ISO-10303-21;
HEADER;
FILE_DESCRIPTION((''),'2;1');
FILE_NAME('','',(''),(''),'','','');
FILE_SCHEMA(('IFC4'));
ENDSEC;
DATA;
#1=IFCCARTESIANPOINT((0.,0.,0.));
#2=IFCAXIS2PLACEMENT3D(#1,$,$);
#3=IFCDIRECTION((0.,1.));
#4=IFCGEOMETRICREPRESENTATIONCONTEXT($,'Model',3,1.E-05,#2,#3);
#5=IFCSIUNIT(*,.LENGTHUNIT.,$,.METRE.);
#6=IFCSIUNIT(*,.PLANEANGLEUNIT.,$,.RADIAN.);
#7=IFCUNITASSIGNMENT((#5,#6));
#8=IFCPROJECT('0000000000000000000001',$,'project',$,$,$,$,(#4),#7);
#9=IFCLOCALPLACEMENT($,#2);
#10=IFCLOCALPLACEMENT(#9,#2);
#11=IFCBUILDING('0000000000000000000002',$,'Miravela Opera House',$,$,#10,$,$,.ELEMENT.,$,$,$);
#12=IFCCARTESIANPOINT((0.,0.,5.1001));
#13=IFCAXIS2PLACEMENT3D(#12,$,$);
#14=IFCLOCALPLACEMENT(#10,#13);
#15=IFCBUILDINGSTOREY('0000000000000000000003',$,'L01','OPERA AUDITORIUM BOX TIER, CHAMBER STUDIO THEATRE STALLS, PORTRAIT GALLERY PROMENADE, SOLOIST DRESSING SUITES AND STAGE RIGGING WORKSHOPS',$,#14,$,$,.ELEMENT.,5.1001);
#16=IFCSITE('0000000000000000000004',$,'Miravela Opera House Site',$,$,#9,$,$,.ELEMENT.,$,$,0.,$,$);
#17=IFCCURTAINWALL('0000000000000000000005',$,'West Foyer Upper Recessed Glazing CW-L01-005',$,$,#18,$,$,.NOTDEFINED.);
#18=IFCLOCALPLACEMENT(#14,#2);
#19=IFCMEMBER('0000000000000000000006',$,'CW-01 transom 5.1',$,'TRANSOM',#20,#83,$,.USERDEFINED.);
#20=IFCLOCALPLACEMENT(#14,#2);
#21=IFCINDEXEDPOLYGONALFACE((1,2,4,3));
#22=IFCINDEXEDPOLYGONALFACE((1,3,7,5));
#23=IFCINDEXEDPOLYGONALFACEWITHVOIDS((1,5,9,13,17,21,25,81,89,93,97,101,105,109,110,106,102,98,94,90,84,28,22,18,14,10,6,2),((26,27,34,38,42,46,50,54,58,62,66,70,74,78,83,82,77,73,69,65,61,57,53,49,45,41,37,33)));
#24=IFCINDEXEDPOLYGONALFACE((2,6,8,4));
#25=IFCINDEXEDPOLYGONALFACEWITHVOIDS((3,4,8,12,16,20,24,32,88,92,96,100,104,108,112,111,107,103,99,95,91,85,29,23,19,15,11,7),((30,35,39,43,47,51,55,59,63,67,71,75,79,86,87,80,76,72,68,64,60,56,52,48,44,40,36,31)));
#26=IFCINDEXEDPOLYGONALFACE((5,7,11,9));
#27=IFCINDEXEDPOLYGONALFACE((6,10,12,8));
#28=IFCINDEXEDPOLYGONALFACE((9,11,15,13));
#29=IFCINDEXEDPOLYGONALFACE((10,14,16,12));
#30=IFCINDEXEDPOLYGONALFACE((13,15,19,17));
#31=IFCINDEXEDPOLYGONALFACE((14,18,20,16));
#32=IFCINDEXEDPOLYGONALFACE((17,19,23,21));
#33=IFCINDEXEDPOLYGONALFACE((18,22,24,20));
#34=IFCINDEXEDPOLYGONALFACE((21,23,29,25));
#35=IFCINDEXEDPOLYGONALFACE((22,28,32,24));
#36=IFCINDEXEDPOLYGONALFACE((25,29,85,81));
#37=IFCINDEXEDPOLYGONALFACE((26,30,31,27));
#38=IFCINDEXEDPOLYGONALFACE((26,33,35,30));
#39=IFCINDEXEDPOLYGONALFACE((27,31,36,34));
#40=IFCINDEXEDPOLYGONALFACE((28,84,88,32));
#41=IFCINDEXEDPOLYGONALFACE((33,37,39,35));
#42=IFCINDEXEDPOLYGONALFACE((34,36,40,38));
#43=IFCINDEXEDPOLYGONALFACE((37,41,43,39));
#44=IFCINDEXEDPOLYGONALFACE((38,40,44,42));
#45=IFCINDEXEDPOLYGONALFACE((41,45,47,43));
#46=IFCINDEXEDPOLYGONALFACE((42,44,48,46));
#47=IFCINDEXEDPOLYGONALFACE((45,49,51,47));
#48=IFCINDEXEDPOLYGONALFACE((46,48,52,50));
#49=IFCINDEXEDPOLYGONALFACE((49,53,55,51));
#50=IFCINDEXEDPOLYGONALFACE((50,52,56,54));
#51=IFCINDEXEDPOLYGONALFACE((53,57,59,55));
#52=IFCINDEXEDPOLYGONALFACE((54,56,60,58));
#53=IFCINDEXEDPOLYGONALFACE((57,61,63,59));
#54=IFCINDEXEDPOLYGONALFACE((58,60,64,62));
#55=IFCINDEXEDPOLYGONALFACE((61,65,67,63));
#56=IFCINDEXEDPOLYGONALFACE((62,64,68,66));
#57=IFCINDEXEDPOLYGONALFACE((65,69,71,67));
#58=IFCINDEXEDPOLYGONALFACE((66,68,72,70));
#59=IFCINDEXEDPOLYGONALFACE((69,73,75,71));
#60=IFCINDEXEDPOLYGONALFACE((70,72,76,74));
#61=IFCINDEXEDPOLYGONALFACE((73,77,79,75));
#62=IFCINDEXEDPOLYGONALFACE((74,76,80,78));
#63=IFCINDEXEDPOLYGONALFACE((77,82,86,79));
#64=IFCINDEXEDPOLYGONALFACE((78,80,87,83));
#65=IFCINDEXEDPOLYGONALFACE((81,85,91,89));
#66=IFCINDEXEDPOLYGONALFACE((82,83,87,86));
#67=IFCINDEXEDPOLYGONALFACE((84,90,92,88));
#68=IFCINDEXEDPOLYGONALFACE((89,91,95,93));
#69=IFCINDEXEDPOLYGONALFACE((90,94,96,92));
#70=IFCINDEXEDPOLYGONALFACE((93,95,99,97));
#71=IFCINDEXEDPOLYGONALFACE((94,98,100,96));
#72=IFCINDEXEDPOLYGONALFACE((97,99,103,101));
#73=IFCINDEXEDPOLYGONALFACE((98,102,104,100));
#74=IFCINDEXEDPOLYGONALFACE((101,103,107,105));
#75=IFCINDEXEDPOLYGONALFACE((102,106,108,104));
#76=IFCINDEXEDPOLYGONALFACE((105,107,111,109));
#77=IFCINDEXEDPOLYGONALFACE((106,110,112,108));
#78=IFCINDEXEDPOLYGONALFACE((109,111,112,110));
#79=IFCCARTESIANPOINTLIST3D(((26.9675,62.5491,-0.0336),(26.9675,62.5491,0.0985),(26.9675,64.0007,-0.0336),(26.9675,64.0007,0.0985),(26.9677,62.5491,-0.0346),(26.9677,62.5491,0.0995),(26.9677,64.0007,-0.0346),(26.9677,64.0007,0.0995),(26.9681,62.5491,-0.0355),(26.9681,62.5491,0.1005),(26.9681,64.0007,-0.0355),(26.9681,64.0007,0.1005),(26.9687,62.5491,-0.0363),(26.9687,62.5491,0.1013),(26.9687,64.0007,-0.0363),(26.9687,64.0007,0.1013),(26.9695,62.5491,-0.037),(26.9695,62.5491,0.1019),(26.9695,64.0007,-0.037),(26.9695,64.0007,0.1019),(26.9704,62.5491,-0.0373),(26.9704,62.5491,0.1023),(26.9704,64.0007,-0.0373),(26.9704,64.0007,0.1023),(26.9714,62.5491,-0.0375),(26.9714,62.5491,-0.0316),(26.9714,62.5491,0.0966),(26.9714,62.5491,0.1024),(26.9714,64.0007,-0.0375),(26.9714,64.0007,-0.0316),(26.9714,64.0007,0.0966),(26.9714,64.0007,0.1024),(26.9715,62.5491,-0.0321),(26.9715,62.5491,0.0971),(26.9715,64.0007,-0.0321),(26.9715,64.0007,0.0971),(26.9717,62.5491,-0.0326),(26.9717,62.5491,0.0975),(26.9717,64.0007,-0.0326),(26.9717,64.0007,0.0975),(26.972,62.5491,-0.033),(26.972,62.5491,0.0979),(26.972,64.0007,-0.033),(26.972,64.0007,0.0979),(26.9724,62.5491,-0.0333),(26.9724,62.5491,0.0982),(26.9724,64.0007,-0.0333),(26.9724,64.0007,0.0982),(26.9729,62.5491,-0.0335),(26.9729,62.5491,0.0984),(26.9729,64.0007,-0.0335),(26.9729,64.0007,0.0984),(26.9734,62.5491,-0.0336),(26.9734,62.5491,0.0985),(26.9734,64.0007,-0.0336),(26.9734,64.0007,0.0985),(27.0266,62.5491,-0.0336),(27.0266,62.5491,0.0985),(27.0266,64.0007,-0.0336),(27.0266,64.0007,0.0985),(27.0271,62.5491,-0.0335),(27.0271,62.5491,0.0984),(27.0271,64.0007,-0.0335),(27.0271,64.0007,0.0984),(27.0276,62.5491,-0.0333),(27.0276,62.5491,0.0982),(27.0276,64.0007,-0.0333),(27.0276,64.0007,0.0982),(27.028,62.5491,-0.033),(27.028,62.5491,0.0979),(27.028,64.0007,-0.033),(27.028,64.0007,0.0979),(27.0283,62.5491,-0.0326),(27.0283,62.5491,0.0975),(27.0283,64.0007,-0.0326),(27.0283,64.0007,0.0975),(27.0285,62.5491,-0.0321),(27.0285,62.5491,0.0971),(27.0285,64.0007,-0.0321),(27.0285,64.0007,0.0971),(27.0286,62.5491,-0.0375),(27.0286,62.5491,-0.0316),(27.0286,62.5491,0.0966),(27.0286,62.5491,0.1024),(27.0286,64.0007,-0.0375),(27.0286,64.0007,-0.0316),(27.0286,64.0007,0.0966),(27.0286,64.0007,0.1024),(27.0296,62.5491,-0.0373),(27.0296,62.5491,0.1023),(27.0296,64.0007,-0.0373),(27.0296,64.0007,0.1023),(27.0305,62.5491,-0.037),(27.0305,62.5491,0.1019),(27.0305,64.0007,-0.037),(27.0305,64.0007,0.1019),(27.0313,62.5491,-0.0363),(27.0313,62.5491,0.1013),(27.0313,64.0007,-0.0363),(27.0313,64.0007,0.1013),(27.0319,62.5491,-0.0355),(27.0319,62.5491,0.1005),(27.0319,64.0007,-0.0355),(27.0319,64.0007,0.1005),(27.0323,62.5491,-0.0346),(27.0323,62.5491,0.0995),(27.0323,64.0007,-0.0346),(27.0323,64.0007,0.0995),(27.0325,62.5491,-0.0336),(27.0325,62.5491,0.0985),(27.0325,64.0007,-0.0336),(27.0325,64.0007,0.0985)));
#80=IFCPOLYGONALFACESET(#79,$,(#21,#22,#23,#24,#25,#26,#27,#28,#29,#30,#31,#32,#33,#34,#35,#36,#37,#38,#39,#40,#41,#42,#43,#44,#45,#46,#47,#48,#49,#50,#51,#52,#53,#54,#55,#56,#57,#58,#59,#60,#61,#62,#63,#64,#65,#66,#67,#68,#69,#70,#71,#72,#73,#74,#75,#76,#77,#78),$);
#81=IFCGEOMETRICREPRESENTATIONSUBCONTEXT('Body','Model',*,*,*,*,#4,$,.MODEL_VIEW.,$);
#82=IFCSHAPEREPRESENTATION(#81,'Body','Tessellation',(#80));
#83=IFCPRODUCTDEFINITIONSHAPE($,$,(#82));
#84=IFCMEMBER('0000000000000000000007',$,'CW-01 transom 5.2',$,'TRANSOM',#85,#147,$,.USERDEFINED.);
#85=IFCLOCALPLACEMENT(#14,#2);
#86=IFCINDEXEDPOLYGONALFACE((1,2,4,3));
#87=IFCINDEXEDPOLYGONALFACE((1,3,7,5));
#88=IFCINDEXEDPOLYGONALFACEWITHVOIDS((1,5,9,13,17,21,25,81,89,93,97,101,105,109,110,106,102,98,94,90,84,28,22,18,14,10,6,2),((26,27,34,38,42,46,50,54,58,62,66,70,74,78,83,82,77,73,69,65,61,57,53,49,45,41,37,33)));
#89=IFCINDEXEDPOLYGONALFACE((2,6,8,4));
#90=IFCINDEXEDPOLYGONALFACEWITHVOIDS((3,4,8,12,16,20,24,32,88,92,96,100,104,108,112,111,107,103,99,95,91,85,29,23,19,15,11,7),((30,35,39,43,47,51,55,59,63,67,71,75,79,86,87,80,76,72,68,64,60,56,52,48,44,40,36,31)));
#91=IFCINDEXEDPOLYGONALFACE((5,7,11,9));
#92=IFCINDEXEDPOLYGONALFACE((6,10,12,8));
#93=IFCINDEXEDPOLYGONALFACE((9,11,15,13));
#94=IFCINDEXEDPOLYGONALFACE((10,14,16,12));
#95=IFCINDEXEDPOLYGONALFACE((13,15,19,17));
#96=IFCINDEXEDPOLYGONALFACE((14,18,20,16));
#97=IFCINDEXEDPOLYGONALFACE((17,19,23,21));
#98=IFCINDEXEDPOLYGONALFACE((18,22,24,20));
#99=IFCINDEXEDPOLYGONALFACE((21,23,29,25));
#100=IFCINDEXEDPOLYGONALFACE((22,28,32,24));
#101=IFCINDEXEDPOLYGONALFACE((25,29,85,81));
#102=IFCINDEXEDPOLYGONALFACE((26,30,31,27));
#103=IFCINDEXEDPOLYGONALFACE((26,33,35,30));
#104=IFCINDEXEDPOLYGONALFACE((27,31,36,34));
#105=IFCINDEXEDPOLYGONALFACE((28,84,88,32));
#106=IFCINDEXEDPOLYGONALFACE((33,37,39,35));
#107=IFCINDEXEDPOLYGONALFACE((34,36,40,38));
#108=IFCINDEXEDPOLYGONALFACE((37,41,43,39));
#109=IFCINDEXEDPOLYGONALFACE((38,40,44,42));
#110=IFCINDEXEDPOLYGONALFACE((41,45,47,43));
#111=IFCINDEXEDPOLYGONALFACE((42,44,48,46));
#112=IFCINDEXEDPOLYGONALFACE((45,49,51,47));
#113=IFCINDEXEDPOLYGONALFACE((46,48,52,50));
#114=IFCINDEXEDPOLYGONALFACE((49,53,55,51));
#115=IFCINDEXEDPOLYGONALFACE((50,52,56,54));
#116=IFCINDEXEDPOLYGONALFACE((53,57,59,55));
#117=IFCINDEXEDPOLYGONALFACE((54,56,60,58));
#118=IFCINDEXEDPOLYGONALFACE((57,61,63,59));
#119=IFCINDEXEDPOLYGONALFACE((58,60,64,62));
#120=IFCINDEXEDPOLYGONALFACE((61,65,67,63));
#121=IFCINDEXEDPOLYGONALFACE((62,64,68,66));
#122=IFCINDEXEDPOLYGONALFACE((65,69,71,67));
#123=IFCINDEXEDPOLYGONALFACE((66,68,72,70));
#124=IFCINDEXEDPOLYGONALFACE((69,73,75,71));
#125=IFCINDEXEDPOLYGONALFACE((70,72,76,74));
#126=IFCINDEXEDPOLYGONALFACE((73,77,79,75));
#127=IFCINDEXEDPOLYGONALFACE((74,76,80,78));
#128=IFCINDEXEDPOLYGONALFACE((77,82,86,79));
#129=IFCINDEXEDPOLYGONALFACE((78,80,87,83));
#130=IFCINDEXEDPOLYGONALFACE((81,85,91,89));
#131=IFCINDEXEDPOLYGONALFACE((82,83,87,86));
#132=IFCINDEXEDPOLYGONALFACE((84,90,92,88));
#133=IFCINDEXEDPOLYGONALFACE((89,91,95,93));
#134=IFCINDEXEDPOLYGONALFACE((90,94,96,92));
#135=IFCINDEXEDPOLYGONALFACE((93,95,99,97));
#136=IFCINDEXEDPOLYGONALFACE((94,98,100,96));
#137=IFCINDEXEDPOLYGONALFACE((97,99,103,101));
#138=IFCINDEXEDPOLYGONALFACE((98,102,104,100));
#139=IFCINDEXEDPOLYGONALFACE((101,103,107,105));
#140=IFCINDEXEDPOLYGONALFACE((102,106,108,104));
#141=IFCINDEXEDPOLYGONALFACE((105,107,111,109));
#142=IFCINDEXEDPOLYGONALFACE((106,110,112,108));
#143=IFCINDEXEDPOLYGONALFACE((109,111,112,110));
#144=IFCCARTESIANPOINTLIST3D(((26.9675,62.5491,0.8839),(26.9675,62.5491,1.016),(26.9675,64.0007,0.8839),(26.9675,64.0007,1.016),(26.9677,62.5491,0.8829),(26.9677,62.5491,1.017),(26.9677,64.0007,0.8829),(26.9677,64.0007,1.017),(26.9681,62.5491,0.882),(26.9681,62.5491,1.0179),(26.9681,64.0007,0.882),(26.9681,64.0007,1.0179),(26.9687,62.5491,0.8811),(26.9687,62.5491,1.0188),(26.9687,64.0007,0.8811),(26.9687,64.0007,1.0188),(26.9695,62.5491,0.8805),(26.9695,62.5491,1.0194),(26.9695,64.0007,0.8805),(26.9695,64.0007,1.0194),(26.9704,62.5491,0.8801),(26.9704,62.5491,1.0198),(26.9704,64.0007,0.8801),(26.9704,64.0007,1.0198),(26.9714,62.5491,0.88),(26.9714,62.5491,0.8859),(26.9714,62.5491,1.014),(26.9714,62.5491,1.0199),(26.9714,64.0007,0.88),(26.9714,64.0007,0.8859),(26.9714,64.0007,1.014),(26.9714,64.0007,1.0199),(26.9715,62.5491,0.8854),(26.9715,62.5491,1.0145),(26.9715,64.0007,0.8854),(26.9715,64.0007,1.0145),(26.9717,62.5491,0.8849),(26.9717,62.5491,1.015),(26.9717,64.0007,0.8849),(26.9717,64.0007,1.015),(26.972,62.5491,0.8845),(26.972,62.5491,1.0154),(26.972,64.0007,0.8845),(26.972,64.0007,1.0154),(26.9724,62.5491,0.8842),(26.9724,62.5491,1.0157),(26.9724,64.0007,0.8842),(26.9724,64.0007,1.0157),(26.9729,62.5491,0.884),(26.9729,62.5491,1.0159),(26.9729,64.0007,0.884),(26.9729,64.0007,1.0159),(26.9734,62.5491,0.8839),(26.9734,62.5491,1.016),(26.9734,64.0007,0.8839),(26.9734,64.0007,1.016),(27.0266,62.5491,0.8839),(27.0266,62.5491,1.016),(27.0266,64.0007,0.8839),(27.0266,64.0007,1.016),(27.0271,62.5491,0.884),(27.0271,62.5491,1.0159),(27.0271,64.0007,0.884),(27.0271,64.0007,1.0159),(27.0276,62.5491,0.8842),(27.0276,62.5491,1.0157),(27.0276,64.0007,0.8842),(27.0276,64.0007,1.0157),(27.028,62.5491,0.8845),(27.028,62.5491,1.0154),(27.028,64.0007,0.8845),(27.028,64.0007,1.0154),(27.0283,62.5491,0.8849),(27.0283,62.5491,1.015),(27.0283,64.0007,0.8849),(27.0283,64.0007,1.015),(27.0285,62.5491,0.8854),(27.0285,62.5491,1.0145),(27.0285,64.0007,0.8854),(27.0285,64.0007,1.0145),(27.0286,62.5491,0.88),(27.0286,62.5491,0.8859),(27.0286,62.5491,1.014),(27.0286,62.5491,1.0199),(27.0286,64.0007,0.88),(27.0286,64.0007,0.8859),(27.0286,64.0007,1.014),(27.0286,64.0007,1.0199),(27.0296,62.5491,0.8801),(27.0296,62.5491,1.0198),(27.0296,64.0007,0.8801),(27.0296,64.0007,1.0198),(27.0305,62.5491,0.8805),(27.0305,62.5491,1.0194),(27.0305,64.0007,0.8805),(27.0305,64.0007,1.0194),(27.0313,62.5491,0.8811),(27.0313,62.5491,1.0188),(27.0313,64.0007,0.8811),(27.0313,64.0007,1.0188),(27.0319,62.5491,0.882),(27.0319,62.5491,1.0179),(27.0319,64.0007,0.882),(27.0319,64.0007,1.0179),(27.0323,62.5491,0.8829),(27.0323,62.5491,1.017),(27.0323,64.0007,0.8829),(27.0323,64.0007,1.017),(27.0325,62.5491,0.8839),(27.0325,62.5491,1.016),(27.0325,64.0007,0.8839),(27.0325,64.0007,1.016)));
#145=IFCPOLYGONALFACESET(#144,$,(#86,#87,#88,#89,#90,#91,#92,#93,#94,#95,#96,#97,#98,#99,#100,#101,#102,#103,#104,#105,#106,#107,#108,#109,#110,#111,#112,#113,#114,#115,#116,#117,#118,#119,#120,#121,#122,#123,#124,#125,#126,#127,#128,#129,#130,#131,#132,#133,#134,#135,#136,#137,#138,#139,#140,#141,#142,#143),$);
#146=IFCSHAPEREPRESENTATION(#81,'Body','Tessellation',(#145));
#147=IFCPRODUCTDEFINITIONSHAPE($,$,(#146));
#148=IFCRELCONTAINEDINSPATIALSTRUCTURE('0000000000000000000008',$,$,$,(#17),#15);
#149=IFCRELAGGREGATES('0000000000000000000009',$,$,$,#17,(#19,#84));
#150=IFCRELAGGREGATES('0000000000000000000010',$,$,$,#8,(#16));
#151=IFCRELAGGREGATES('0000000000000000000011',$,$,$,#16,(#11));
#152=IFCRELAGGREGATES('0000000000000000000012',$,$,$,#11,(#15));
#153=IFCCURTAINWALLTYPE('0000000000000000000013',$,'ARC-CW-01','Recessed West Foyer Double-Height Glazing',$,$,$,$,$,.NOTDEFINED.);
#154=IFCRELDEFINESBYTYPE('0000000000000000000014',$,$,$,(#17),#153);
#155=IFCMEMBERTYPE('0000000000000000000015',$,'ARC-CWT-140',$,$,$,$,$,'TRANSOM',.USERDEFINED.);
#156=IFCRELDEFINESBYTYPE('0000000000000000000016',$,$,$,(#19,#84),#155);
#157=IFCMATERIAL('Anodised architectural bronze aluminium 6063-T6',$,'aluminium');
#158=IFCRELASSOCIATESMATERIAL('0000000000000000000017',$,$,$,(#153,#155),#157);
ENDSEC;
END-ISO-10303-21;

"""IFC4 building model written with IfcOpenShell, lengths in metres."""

from ifc_helpers import new_model, si_unit, direction, frame, origin, origin_2d, place, context, subcontext, project, spatial, hollow_rectangle, extrude, material, material_profile, profile_set, type_object, element, aggregate, save


model = new_model("IFC4")

# Units and contexts
model_context = context("Model", 3, precision=1e-05, world=origin(), true_north=direction((0.0, 1.0)))
body_context = subcontext(model_context, "Body", "Model", "MODEL_VIEW")
ifc_project = project(units=[si_unit("LENGTHUNIT", "METRE"), si_unit("PLANEANGLEUNIT", "RADIAN")], contexts=[model_context])

# Site, building, storey
site_placement = place(None, origin())
site = spatial("IfcSite", under=ifc_project, at=site_placement, Name="Miravela Opera House Site", CompositionType="ELEMENT", RefElevation=0.0)
building_placement = place(site_placement, origin())
building = spatial("IfcBuilding", under=site, at=building_placement, Name="Miravela Opera House", CompositionType="ELEMENT")
storey_placement = place(building_placement, frame((0.0, 0.0, 5.1001)))
storey = spatial("IfcBuildingStorey", under=building, at=storey_placement, Name="L01", Description="OPERA AUDITORIUM BOX TIER, CHAMBER STUDIO THEATRE STALLS, PORTRAIT GALLERY PROMENADE, SOLOIST DRESSING SUITES AND STAGE RIGGING WORKSHOPS", CompositionType="ELEMENT", Elevation=5.1001)

# Curtain wall
ifc_material_1 = material(Name="Anodised architectural bronze aluminium 6063-T6", Category="aluminium")
curtain_wall_type = type_object("IfcCurtainWallType", Name="ARC-CW-01", Description="Recessed West Foyer Double-Height Glazing", PredefinedType="NOTDEFINED", material=ifc_material_1)
curtain_wall_1_placement = place(storey_placement, origin())
curtain_wall_1 = element("IfcCurtainWall", 1, at=curtain_wall_1_placement, inside=storey, type_object=curtain_wall_type, Name="West Foyer Upper Recessed Glazing CW-L01-005", PredefinedType="NOTDEFINED")

# Members
ifc_material_profile_1 = material_profile(ifc_material_1, hollow_rectangle(XDim=0.0649, YDim=0.1399, WallThickness=0.0039, InnerFilletRadius=0.002, OuterFilletRadius=0.0039, at=origin_2d()), Name="CWT-65X140")
ifc_profile_set_1 = profile_set([ifc_material_profile_1])
member_type_1 = type_object("IfcMemberType", Name="ARC-CWT-140", ElementType="TRANSOM", PredefinedType="USERDEFINED", material=ifc_profile_set_1)
member_1_placement = place(storey_placement, frame((27.0, 62.5491, 0.0325), z_axis=(0.0, 1.0, 0.0), x_axis=(-1.0, 0.0, 0.0)))
member_1 = element("IfcMember", 2, at=member_1_placement, type_object=member_type_1, Name="CW-01 transom 5.1", ObjectType="TRANSOM", PredefinedType="USERDEFINED", context=body_context, shape_type="SweptSolid", body=[
    extrude(hollow_rectangle(XDim=0.0649, YDim=0.1399, WallThickness=0.0039, InnerFilletRadius=0.002, OuterFilletRadius=0.0039, at=origin_2d()), origin(), (0.0, 0.0, 1.0), 1.4517),
])
member_2_placement = place(storey_placement, frame((27.0, 62.5491, 0.95), z_axis=(0.0, 1.0, 0.0), x_axis=(-1.0, 0.0, 0.0)))
member_2 = element("IfcMember", 3, at=member_2_placement, type_object=member_type_1, Name="CW-01 transom 5.2", ObjectType="TRANSOM", PredefinedType="USERDEFINED", context=body_context, shape_type="SweptSolid", body=[
    extrude(hollow_rectangle(XDim=0.0649, YDim=0.1399, WallThickness=0.0039, InnerFilletRadius=0.002, OuterFilletRadius=0.0039, at=origin_2d()), origin(), (0.0, 0.0, 1.0), 1.4517),
])

aggregate(curtain_wall_1, [member_1, member_2])

save(model, "model.ifc")
